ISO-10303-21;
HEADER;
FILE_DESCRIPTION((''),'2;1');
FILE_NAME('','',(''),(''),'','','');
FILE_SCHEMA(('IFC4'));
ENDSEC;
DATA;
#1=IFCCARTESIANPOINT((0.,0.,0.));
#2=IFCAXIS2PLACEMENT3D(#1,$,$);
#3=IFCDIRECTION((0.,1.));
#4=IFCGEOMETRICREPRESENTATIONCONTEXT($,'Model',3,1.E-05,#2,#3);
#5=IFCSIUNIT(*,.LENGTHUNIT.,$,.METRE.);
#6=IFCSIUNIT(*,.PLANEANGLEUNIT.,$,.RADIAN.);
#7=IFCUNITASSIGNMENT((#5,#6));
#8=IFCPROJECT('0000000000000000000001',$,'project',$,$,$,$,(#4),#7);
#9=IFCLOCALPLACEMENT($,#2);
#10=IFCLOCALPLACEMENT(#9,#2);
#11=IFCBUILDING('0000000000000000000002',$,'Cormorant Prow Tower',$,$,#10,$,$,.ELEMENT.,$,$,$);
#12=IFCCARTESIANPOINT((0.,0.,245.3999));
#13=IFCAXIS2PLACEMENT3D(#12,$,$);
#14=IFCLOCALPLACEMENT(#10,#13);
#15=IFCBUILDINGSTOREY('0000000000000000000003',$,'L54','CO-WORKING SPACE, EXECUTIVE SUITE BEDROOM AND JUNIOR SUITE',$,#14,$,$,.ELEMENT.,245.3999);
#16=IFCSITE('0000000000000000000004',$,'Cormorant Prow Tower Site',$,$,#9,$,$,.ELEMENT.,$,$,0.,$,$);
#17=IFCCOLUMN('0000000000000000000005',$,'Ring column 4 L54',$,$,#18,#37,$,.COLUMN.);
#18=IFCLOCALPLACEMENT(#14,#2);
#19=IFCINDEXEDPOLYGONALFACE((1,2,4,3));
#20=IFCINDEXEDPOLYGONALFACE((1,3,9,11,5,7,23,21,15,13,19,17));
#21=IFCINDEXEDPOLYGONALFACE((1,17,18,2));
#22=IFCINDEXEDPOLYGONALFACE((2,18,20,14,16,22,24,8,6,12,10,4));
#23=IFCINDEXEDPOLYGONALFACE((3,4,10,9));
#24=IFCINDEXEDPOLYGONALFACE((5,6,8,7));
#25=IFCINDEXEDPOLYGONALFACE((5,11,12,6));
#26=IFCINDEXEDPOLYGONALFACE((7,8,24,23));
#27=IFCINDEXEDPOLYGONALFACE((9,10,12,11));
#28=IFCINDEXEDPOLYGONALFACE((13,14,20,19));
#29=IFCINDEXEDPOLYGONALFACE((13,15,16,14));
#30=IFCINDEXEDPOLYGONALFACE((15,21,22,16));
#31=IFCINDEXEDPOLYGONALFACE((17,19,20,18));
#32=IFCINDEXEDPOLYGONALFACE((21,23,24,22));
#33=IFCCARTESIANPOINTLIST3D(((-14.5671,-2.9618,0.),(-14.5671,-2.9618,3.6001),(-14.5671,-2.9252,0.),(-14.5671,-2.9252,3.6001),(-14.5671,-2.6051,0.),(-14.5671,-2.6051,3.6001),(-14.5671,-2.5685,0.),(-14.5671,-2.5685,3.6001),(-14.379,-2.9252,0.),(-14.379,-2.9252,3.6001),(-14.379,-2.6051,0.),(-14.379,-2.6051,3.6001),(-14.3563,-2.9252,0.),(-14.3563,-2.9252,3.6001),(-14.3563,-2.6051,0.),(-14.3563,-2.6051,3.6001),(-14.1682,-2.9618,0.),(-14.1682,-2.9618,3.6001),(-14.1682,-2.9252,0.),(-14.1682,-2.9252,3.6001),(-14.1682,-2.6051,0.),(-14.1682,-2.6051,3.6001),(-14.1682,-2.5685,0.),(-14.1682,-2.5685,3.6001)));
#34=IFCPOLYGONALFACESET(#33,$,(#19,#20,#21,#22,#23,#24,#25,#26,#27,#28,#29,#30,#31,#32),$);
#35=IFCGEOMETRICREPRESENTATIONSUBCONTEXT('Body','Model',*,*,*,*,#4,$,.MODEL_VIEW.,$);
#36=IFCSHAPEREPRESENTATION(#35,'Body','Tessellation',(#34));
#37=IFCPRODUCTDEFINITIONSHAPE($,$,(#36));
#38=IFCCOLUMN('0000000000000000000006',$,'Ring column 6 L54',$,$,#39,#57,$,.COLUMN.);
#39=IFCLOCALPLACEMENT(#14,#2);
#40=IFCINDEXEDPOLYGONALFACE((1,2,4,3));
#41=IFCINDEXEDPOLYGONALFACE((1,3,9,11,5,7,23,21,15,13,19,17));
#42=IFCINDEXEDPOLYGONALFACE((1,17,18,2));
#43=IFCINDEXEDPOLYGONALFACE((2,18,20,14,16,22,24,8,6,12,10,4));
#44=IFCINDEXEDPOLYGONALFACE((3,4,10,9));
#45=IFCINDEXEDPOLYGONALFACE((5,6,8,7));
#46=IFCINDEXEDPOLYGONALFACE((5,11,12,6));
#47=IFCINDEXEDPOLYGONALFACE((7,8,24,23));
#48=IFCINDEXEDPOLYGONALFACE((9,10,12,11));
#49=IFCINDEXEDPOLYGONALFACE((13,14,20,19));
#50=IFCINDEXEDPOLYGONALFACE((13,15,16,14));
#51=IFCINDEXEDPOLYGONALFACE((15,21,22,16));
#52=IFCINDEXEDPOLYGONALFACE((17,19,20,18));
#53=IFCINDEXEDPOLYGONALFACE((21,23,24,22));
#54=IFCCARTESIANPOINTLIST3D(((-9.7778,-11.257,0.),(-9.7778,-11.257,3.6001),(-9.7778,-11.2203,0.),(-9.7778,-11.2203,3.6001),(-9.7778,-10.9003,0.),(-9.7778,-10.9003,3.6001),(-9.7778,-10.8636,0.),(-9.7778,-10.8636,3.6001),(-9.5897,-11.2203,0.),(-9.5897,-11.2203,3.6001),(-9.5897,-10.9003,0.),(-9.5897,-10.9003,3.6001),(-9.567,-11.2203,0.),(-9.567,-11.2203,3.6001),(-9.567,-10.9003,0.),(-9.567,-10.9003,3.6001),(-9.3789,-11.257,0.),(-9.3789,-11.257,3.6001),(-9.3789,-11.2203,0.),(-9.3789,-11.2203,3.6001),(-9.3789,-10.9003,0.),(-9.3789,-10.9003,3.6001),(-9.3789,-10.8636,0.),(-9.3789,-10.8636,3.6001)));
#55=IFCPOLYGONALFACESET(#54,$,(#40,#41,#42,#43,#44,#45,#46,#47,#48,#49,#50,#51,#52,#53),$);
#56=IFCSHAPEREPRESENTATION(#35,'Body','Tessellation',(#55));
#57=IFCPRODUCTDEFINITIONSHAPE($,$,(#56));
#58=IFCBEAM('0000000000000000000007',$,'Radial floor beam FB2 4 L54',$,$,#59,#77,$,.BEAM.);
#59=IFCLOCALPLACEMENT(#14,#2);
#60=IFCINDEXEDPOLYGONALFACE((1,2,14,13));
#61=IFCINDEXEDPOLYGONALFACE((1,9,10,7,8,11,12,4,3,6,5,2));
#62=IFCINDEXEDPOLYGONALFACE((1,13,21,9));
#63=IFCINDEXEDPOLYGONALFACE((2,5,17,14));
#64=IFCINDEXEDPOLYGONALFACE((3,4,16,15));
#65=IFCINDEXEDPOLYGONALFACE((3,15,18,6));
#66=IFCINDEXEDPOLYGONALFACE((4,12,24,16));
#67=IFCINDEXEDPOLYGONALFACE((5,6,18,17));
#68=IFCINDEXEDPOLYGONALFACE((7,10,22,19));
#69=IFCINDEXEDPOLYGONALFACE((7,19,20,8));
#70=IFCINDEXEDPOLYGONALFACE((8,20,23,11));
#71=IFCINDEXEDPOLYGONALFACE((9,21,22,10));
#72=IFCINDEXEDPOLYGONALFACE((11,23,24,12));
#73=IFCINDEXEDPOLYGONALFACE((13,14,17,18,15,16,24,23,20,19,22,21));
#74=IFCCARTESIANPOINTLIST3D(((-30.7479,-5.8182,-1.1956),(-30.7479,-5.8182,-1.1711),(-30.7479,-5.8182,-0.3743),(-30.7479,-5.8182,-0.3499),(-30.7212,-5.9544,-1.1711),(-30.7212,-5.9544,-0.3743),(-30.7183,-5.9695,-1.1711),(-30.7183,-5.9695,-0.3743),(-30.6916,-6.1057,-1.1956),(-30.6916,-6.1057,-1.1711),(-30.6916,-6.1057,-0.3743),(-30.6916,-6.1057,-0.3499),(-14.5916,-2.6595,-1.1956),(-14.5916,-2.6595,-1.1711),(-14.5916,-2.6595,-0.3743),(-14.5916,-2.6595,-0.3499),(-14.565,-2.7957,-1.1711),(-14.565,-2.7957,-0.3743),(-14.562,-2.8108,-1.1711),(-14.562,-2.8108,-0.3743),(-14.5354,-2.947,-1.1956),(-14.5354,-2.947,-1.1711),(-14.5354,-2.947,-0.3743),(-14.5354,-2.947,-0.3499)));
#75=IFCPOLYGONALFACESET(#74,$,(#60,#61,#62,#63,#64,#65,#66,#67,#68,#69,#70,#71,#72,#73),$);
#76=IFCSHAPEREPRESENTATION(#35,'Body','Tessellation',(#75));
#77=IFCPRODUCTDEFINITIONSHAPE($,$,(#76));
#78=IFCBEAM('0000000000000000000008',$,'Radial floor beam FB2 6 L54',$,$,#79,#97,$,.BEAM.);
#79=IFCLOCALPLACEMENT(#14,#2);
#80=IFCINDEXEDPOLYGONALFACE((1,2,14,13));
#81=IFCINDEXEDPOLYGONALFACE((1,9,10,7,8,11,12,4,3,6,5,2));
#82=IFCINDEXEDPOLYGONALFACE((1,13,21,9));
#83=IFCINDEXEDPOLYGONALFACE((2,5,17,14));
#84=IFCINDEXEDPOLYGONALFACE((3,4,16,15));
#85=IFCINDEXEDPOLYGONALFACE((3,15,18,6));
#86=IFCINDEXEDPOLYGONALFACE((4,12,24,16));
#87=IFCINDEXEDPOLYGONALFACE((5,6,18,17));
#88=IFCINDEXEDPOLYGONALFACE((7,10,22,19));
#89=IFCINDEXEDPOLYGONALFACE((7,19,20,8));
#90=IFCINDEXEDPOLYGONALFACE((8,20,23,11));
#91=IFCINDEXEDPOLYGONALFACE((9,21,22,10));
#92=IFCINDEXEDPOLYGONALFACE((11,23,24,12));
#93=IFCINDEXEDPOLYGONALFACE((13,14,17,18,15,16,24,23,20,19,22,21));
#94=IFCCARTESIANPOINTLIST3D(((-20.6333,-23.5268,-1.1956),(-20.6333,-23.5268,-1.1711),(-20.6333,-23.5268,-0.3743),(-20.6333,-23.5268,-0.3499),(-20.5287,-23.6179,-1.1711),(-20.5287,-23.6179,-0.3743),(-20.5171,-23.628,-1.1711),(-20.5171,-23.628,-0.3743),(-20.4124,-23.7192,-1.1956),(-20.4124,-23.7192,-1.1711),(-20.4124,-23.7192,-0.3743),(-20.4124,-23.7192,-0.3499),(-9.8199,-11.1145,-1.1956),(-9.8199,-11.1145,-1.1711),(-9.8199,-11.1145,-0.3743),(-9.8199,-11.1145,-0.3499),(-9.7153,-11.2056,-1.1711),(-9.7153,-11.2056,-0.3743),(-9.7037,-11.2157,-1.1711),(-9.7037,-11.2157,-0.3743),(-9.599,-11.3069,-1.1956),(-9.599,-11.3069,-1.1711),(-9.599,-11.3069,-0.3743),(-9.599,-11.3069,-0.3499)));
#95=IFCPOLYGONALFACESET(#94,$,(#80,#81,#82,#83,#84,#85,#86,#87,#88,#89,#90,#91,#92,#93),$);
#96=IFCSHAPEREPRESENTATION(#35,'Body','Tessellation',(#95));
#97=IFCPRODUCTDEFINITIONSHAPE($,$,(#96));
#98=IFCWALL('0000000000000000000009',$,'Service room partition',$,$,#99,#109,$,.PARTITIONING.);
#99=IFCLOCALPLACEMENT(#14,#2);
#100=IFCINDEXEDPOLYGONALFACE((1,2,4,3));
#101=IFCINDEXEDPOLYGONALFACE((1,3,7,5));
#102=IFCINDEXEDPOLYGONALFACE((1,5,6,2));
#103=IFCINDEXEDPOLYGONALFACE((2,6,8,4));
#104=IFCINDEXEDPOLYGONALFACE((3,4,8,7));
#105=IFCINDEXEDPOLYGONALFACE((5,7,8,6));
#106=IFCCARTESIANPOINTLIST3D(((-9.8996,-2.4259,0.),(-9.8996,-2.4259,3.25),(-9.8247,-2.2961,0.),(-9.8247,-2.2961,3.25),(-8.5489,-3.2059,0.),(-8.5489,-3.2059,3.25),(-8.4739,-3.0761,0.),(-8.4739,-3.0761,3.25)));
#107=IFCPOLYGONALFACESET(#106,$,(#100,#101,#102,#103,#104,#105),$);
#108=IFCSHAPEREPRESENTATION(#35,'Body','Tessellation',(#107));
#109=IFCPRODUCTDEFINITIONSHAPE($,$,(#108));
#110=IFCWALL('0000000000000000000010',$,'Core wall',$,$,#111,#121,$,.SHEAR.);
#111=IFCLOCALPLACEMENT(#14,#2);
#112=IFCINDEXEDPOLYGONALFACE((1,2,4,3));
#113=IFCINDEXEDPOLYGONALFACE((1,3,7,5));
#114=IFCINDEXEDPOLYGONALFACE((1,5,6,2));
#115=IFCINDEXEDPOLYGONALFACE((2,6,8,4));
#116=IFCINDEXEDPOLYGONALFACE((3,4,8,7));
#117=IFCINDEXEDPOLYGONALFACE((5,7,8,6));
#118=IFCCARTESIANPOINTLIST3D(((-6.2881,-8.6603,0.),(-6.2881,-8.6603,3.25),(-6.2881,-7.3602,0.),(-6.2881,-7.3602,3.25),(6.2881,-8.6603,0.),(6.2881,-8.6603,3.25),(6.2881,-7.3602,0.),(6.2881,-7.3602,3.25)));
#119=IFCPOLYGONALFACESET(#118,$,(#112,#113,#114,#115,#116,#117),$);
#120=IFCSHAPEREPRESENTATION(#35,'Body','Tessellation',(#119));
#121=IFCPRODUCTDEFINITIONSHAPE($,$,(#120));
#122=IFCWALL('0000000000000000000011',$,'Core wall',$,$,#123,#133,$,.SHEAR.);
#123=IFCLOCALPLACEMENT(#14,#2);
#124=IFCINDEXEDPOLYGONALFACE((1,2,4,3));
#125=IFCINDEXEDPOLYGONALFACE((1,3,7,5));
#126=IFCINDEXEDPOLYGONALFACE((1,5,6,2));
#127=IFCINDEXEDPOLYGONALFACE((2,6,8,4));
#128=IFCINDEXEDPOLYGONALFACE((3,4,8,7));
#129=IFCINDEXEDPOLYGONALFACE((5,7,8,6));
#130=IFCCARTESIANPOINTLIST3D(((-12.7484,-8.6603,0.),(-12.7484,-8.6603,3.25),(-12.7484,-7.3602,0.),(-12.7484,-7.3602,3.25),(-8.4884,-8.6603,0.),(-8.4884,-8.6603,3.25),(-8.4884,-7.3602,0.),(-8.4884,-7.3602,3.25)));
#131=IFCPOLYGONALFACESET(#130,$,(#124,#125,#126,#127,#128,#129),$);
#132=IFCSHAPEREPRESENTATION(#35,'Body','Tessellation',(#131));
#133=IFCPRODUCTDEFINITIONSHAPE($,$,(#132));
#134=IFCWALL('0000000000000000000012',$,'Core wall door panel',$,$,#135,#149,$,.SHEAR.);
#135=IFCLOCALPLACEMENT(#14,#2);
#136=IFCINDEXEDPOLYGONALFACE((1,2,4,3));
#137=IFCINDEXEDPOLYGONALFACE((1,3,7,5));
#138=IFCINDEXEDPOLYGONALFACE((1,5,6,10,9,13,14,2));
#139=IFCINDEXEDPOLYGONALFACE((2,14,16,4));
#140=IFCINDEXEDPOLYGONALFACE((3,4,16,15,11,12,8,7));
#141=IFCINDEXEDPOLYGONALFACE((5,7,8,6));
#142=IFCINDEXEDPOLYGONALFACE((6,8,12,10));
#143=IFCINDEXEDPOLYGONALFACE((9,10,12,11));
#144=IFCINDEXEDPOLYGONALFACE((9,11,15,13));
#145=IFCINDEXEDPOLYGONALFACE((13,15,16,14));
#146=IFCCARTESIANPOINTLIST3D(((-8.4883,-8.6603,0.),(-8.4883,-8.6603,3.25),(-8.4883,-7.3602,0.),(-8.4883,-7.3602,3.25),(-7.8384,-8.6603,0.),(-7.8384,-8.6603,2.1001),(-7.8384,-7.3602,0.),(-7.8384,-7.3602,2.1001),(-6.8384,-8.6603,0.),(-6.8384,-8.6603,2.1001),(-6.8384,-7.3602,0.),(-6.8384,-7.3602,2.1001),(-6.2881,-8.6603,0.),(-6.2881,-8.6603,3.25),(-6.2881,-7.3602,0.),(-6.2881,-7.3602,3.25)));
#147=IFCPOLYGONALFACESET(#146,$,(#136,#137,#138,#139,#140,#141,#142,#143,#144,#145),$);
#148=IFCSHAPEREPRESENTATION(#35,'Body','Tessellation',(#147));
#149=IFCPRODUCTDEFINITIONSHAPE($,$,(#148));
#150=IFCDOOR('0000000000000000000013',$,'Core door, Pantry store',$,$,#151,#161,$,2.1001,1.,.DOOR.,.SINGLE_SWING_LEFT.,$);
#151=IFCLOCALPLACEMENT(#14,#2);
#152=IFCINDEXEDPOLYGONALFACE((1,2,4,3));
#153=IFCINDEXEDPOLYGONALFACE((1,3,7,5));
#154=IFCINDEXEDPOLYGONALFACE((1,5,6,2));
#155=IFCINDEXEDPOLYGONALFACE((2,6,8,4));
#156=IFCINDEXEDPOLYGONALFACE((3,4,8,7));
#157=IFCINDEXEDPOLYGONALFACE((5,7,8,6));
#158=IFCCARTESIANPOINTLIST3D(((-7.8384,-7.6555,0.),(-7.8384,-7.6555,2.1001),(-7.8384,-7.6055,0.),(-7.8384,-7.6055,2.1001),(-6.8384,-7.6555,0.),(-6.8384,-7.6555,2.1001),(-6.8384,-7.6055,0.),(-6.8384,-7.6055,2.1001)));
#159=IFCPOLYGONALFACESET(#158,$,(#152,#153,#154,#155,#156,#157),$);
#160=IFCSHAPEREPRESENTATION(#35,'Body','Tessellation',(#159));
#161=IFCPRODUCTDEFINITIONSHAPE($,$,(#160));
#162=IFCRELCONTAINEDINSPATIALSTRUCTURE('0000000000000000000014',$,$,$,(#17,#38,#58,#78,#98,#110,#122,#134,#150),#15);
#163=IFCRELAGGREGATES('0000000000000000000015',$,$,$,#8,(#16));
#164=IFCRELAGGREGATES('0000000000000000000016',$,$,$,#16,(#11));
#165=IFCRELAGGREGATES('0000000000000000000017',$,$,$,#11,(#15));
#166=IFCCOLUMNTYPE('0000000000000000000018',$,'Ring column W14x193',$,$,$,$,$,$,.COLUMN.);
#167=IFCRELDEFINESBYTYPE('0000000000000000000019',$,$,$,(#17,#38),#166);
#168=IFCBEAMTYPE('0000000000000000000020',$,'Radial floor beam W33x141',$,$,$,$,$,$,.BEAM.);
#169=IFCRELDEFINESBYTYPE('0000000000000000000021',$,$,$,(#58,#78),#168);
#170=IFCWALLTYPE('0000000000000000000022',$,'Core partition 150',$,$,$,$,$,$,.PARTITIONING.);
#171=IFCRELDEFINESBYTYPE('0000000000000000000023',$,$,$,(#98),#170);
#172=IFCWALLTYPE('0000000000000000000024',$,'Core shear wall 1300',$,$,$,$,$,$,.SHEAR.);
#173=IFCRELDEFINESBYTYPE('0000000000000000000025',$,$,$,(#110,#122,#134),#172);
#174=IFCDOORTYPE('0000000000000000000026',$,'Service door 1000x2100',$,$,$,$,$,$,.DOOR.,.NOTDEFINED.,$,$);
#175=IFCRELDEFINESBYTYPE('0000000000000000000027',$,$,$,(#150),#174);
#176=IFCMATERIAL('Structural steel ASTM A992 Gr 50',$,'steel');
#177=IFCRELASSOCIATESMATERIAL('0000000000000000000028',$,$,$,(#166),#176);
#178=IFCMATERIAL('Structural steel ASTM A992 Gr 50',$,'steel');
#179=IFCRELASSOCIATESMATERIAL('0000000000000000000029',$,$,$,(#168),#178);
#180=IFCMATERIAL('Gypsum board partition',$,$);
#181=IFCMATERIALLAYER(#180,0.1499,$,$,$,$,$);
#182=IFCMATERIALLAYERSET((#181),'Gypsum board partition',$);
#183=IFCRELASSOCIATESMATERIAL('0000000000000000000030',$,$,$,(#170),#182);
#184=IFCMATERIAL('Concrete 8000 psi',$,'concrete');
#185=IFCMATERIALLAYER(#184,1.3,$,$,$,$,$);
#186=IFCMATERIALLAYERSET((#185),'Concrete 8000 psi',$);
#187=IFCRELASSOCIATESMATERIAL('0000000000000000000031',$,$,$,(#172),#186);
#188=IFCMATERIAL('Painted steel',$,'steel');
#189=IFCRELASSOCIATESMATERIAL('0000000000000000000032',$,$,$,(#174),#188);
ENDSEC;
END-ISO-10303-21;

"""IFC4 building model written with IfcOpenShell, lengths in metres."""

from ifc_helpers import new_model, si_unit, direction, frame, frame_2d, origin, origin_2d, place, context, subcontext, project, spatial, rectangle, i_section, extrude, material, layer, layer_set, material_profile, profile_set, type_object, element, fill, save


model = new_model("IFC4")

# Units and contexts
model_context = context("Model", 3, precision=1e-05, world=origin(), true_north=direction((0.0, 1.0)))
body_context = subcontext(model_context, "Body", "Model", "MODEL_VIEW")
ifc_project = project(units=[si_unit("LENGTHUNIT", "METRE"), si_unit("PLANEANGLEUNIT", "RADIAN")], contexts=[model_context])

# Site, building, storey
site_placement = place(None, origin())
site = spatial("IfcSite", under=ifc_project, at=site_placement, Name="Cormorant Prow Tower Site", CompositionType="ELEMENT", RefElevation=0.0)
building_placement = place(site_placement, origin())
building = spatial("IfcBuilding", under=site, at=building_placement, Name="Cormorant Prow Tower", CompositionType="ELEMENT")
storey_placement = place(building_placement, frame((0.0, 0.0, 245.3999)))
storey = spatial("IfcBuildingStorey", under=building, at=storey_placement, Name="L54", Description="CO-WORKING SPACE, EXECUTIVE SUITE BEDROOM AND JUNIOR SUITE", CompositionType="ELEMENT", Elevation=245.3999)

# Columns
ifc_material_1 = material(Name="Structural steel ASTM A992 Gr 50", Category="steel")
ifc_material_profile_1 = material_profile(ifc_material_1, i_section(OverallWidth=0.3989, OverallDepth=0.3933, WebThickness=0.0227, FlangeThickness=0.0366, at=origin_2d()), Name="W14x193")
ifc_profile_set_1 = profile_set([ifc_material_profile_1], Name="Structural steel ASTM A992 Gr 50")
column_type = type_object("IfcColumnType", Name="Ring column W14x193", PredefinedType="COLUMN", material=ifc_profile_set_1)
for number, where, z_axis, x_axis, name in (
    (1, (-14.3677, -2.7651, 0.0), (0.0, 0.0, 1.0), (1.0, 0.0, 0.0), "Ring column 4 L54"),
    (2, (-9.5784, -11.0603, 0.0), (0.0, 0.0, 1.0), (1.0, 0.0, 0.0), "Ring column 6 L54"),
):
    element("IfcColumn", number, at=place(storey_placement, frame(where, z_axis=z_axis, x_axis=x_axis)), inside=storey, type_object=column_type, Name=name, PredefinedType="COLUMN", context=body_context, shape_type="SweptSolid", body=[
        extrude(i_section(OverallWidth=0.3989, OverallDepth=0.3933, WebThickness=0.0227, FlangeThickness=0.0366, at=origin_2d()), origin(), (0.0, 0.0, 1.0), 3.6001),
    ])

# Beams
ifc_material_2 = material(Name="Structural steel ASTM A992 Gr 50", Category="steel")
ifc_material_profile_2 = material_profile(ifc_material_2, i_section(OverallWidth=0.293, OverallDepth=0.8457, WebThickness=0.0154, FlangeThickness=0.0244, at=origin_2d()), Name="W33x141")
ifc_profile_set_2 = profile_set([ifc_material_profile_2], Name="Structural steel ASTM A992 Gr 50")
beam_type = type_object("IfcBeamType", Name="Radial floor beam W33x141", PredefinedType="BEAM", material=ifc_profile_set_2)
beam_1_placement = place(storey_placement, frame((-14.5635, -2.8032, -0.7727), z_axis=(-0.981419, -0.191876, 0.0), x_axis=(0.191876, -0.981419, 0.0)))
element("IfcBeam", 3, at=beam_1_placement, inside=storey, type_object=beam_type, Name="Radial floor beam FB2 4 L54", PredefinedType="BEAM", context=body_context, shape_type="SweptSolid", body=[
    extrude(i_section(OverallWidth=0.293, OverallDepth=0.8457, WebThickness=0.0154, FlangeThickness=0.0244, at=origin_2d()), origin(), (0.0, 0.0, 1.0), 16.4622),
])
beam_2_placement = place(storey_placement, frame((-9.7095, -11.2107, -0.7727), z_axis=(-0.656875, -0.754, 0.0), x_axis=(0.754, -0.656875, 0.0)))
element("IfcBeam", 4, at=beam_2_placement, inside=storey, type_object=beam_type, Name="Radial floor beam FB2 6 L54", PredefinedType="BEAM", context=body_context, shape_type="SweptSolid", body=[
    extrude(i_section(OverallWidth=0.293, OverallDepth=0.8457, WebThickness=0.0154, FlangeThickness=0.0244, at=origin_2d()), origin(), (0.0, 0.0, 1.0), 16.4619),
])

# Walls
ifc_material_3 = material(Name="Gypsum board partition")
ifc_layer_1 = layer(ifc_material_3, 0.1499)
ifc_layer_set_1 = layer_set([ifc_layer_1], Name="Gypsum board partition")
wall_type_1 = type_object("IfcWallType", Name="Core partition 150", PredefinedType="PARTITIONING", material=ifc_layer_set_1)
wall_1_placement = place(storey_placement, frame((-9.8621, -2.3611, 0.0), z_axis=(0.0, 0.0, 1.0), x_axis=(0.86599, -0.500061, 0.0)))
element("IfcWall", 5, at=wall_1_placement, inside=storey, type_object=wall_type_1, Name="Service room partition", PredefinedType="PARTITIONING", context=body_context, shape_type="SweptSolid", body=[
    extrude(rectangle(XDim=1.5598, YDim=0.1499, at=frame_2d((0.7798, 0.0))), origin(), (0.0, 0.0, 1.0), 3.25),
])
ifc_material_4 = material(Name="Concrete 8000 psi", Category="concrete")
ifc_layer_2 = layer(ifc_material_4, 1.3)
ifc_layer_set_2 = layer_set([ifc_layer_2], Name="Concrete 8000 psi")
wall_type_2 = type_object("IfcWallType", Name="Core shear wall 1300", PredefinedType="SHEAR", material=ifc_layer_set_2)
wall_2_placement = place(storey_placement, frame((-6.2881, -8.0103, 0.0), z_axis=(0.0, 0.0, 1.0), x_axis=(1.0, 0.0, 0.0)))
element("IfcWall", 6, at=wall_2_placement, inside=storey, type_object=wall_type_2, Name="Core wall", PredefinedType="SHEAR", context=body_context, shape_type="SweptSolid", body=[
    extrude(rectangle(XDim=12.5762, YDim=1.3, at=frame_2d((6.2881, 0.0))), origin(), (0.0, 0.0, 1.0), 3.25),
])
wall_3_placement = place(storey_placement, frame((-12.7483, -8.0103, 0.0), z_axis=(0.0, 0.0, 1.0), x_axis=(1.0, 0.0, 0.0)))
element("IfcWall", 7, at=wall_3_placement, inside=storey, type_object=wall_type_2, Name="Core wall", PredefinedType="SHEAR", context=body_context, shape_type="SweptSolid", body=[
    extrude(rectangle(XDim=4.26, YDim=1.3, at=frame_2d((2.1299, 0.0))), origin(), (0.0, 0.0, 1.0), 3.25),
])

# Wall, opening, door
wall_4_placement = place(storey_placement, frame((-8.4883, -8.0103, 0.0), z_axis=(0.0, 0.0, 1.0), x_axis=(1.0, 0.0, 0.0)))
wall_4 = element("IfcWall", 8, at=wall_4_placement, inside=storey, type_object=wall_type_2, Name="Core wall door panel", PredefinedType="SHEAR", context=body_context, shape_type="SweptSolid", body=[
    extrude(rectangle(XDim=2.2002, YDim=1.3, at=frame_2d((1.1001, 0.0))), origin(), (0.0, 0.0, 1.0), 3.25),
])
opening_1_placement = place(wall_4_placement, frame((0.6499, 0.0, 0.0)))
opening_1 = element("IfcOpeningElement", 9, at=opening_1_placement, cuts=wall_4, PredefinedType="OPENING", context=body_context, shape_type="SweptSolid", body=[
    extrude(rectangle(XDim=1.0, YDim=2.1001, at=frame_2d((0.5, 1.05))), frame((0.0, 0.6599, 0.0), z_axis=(0.0, -1.0, 0.0), x_axis=(1.0, 0.0, 0.0)), (0.0, 0.0, 1.0), 1.3201),
])
ifc_material_5 = material(Name="Painted steel", Category="steel")
door_type_1 = type_object("IfcDoorType", Name="Service door 1000x2100", OperationType="NOTDEFINED", PredefinedType="DOOR", material=ifc_material_5)
door_1_placement = place(opening_1_placement, origin())
door_1 = element("IfcDoor", 10, at=door_1_placement, inside=storey, type_object=door_type_1, Name="Core door, Pantry store", OperationType="SINGLE_SWING_LEFT", OverallHeight=2.1001, OverallWidth=1.0, PredefinedType="DOOR", context=body_context, shape_type="SweptSolid", body=[
    extrude(rectangle(XDim=1.0, YDim=2.1001, at=frame_2d((0.5, 1.05))), frame((0.0, 0.4048, 0.0), z_axis=(0.0, -1.0, 0.0), x_axis=(1.0, 0.0, 0.0)), (0.0, 0.0, 1.0), 0.05),
])
fill(opening_1, door_1)

save(model, "model.ifc")
